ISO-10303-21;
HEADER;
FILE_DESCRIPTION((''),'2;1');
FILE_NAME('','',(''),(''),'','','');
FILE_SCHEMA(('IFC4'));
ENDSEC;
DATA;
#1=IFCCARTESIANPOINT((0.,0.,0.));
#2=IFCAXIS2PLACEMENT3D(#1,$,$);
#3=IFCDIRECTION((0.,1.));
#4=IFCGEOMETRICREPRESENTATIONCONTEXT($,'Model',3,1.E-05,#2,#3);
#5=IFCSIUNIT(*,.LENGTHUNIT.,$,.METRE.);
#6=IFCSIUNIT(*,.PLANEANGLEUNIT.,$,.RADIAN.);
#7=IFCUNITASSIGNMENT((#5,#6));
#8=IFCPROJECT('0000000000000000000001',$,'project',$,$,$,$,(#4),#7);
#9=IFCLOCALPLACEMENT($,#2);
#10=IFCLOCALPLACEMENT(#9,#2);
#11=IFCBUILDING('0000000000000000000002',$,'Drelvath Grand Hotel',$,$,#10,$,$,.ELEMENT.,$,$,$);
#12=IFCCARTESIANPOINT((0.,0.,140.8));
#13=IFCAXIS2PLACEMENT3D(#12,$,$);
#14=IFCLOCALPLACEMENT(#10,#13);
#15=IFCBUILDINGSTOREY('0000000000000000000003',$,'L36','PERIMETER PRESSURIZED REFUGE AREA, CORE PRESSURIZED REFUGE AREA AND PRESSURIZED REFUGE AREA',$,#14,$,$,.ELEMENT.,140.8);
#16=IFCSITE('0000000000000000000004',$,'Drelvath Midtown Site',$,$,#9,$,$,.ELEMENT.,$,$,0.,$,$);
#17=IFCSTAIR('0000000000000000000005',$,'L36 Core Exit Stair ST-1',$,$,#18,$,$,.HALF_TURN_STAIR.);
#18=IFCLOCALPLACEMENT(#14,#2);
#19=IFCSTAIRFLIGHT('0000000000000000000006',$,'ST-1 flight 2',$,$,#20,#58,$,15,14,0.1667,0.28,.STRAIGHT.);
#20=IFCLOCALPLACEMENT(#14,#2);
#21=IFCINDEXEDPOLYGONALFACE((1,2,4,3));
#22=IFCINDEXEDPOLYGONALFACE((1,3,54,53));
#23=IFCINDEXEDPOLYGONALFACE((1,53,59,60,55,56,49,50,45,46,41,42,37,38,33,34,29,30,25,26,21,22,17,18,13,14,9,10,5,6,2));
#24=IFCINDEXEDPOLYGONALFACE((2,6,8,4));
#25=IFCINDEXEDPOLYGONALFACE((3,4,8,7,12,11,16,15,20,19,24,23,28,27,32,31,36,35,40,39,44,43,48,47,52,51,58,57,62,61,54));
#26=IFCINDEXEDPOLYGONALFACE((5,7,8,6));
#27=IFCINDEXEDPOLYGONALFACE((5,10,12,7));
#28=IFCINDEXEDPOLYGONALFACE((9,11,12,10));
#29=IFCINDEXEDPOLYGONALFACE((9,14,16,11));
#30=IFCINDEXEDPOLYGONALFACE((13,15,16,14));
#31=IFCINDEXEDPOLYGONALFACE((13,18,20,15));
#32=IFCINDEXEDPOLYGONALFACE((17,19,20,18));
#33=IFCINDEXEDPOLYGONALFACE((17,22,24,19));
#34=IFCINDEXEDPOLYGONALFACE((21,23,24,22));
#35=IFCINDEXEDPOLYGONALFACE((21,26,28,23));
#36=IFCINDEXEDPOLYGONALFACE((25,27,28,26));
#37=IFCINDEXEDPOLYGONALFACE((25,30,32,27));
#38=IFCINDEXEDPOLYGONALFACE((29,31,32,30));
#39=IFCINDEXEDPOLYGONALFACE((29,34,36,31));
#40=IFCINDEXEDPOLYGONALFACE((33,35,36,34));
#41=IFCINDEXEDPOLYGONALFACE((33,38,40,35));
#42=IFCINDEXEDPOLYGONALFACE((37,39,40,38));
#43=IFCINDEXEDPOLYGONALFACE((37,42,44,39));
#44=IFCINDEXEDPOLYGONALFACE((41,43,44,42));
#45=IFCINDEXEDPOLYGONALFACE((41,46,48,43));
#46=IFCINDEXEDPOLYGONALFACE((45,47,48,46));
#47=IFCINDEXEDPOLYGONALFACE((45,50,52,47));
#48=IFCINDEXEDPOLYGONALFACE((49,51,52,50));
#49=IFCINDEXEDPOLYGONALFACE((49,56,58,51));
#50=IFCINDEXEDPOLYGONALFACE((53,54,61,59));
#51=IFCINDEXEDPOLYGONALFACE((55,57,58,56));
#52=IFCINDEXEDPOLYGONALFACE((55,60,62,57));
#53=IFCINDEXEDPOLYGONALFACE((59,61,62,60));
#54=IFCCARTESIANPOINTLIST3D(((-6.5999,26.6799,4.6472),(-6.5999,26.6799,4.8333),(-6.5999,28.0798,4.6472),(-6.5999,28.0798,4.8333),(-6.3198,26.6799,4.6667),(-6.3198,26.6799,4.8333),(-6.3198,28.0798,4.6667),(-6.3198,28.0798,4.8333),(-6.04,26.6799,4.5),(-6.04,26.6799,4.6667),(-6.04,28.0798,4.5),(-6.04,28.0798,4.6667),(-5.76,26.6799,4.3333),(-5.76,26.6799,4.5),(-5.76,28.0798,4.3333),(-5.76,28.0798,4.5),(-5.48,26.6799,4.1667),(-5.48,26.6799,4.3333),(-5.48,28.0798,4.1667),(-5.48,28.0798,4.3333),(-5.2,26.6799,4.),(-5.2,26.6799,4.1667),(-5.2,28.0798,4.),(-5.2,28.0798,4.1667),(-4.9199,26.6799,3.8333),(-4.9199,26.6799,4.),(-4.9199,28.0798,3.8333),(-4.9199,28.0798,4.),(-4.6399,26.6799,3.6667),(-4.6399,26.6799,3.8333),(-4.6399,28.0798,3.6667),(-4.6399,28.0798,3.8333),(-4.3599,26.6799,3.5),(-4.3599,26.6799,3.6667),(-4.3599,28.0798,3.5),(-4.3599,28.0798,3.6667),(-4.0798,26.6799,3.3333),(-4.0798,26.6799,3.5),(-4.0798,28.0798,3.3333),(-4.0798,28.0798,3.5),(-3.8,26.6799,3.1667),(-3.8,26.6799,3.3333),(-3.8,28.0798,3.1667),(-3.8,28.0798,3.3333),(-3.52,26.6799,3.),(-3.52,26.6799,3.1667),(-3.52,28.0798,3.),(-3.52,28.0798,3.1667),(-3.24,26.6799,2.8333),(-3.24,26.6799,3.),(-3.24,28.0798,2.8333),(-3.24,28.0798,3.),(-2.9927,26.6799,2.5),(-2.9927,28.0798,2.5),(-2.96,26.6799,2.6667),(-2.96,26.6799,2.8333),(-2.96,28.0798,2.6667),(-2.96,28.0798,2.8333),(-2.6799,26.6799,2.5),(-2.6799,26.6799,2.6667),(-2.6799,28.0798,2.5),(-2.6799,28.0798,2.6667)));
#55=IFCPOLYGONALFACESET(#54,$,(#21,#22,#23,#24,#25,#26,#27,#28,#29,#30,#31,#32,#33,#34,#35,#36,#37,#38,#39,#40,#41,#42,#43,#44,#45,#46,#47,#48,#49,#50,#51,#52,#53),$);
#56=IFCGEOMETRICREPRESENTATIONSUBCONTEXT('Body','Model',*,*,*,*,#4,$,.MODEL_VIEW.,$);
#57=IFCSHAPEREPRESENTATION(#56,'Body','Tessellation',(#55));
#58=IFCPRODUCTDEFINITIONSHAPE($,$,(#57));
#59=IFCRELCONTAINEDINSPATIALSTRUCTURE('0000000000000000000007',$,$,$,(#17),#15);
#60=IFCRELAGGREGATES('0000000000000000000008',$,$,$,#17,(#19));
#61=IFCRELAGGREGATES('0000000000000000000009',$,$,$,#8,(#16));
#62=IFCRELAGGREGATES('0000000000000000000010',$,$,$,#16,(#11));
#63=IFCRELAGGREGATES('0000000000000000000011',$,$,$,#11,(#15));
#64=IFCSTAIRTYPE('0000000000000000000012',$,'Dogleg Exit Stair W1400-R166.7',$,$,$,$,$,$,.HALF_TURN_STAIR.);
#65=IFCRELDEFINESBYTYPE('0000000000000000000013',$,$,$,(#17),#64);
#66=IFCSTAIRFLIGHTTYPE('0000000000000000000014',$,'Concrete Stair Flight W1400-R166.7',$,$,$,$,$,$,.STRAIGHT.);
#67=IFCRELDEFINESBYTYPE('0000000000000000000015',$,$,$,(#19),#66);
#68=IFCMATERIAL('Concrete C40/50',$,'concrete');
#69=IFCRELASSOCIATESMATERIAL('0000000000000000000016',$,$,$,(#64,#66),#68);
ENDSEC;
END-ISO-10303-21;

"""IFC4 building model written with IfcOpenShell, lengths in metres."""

from ifc_helpers import new_model, si_unit, direction, frame, origin, place, context, subcontext, project, spatial, polyline, outline, extrude, material, type_object, element, aggregate, save


model = new_model("IFC4")

# Units and contexts
model_context = context("Model", 3, precision=1e-05, world=origin(), true_north=direction((0.0, 1.0)))
body_context = subcontext(model_context, "Body", "Model", "MODEL_VIEW")
ifc_project = project(units=[si_unit("LENGTHUNIT", "METRE"), si_unit("PLANEANGLEUNIT", "RADIAN")], contexts=[model_context])

# Site, building, storey
site_placement = place(None, origin())
site = spatial("IfcSite", under=ifc_project, at=site_placement, Name="Drelvath Midtown Site", CompositionType="ELEMENT", RefElevation=0.0)
building_placement = place(site_placement, origin())
building = spatial("IfcBuilding", under=site, at=building_placement, Name="Drelvath Grand Hotel", CompositionType="ELEMENT")
storey_placement = place(building_placement, frame((0.0, 0.0, 140.8)))
storey = spatial("IfcBuildingStorey", under=building, at=storey_placement, Name="L36", Description="PERIMETER PRESSURIZED REFUGE AREA, CORE PRESSURIZED REFUGE AREA AND PRESSURIZED REFUGE AREA", CompositionType="ELEMENT", Elevation=140.8)

# Shared definitions
ifc_material_1 = material(Name="Concrete C40/50", Category="concrete")

# Stair, stair flight
stair_type = type_object("IfcStairType", Name="Dogleg Exit Stair W1400-R166.7", PredefinedType="HALF_TURN_STAIR", material=ifc_material_1)
stair_placement = place(storey_placement, origin())
stair = element("IfcStair", 1, at=stair_placement, inside=storey, type_object=stair_type, Name="L36 Core Exit Stair ST-1", PredefinedType="HALF_TURN_STAIR")
stair_flight_type = type_object("IfcStairFlightType", Name="Concrete Stair Flight W1400-R166.7", PredefinedType="STRAIGHT", material=ifc_material_1)
stair_flight_placement = place(storey_placement, frame((-2.6799, 27.3799, 2.5), z_axis=(0.0, 0.0, 1.0), x_axis=(-1.0, 0.0, 0.0)))
stair_flight = element("IfcStairFlight", 2, at=stair_flight_placement, type_object=stair_flight_type, Name="ST-1 flight 2", NumberOfRisers=15, NumberOfTreads=14, PredefinedType="STRAIGHT", RiserHeight=0.1667, TreadLength=0.28, context=body_context, shape_type="SweptSolid", body=[
    extrude(outline(polyline([(0.0, 0.0), (0.0, 0.1667), (0.28, 0.1667), (0.28, 0.3333), (0.5601, 0.3333), (0.5601, 0.5), (0.8401, 0.5), (0.8401, 0.6667), (1.1201, 0.6667), (1.1201, 0.8333), (1.3999, 0.8333), (1.3999, 1.0), (1.6799, 1.0), (1.6799, 1.1667), (1.96, 1.1667), (1.96, 1.3333), (2.24, 1.3333), (2.24, 1.5), (2.52, 1.5), (2.52, 1.6667), (2.8, 1.6667), (2.8, 1.8333), (3.0801, 1.8333), (3.0801, 2.0), (3.3601, 2.0), (3.3601, 2.1667), (3.6399, 2.1667), (3.6399, 2.3333), (3.9199, 2.3333), (3.9199, 2.5), (3.9199, 2.1472), (0.3127, 0.0), (0.0, 0.0)])), frame((0.0, 0.7, 0.0), z_axis=(0.0, -1.0, 0.0), x_axis=(1.0, 0.0, 0.0)), (0.0, 0.0, 1.0), 1.3999),
])
aggregate(stair, [stair_flight])

save(model, "model.ifc")
